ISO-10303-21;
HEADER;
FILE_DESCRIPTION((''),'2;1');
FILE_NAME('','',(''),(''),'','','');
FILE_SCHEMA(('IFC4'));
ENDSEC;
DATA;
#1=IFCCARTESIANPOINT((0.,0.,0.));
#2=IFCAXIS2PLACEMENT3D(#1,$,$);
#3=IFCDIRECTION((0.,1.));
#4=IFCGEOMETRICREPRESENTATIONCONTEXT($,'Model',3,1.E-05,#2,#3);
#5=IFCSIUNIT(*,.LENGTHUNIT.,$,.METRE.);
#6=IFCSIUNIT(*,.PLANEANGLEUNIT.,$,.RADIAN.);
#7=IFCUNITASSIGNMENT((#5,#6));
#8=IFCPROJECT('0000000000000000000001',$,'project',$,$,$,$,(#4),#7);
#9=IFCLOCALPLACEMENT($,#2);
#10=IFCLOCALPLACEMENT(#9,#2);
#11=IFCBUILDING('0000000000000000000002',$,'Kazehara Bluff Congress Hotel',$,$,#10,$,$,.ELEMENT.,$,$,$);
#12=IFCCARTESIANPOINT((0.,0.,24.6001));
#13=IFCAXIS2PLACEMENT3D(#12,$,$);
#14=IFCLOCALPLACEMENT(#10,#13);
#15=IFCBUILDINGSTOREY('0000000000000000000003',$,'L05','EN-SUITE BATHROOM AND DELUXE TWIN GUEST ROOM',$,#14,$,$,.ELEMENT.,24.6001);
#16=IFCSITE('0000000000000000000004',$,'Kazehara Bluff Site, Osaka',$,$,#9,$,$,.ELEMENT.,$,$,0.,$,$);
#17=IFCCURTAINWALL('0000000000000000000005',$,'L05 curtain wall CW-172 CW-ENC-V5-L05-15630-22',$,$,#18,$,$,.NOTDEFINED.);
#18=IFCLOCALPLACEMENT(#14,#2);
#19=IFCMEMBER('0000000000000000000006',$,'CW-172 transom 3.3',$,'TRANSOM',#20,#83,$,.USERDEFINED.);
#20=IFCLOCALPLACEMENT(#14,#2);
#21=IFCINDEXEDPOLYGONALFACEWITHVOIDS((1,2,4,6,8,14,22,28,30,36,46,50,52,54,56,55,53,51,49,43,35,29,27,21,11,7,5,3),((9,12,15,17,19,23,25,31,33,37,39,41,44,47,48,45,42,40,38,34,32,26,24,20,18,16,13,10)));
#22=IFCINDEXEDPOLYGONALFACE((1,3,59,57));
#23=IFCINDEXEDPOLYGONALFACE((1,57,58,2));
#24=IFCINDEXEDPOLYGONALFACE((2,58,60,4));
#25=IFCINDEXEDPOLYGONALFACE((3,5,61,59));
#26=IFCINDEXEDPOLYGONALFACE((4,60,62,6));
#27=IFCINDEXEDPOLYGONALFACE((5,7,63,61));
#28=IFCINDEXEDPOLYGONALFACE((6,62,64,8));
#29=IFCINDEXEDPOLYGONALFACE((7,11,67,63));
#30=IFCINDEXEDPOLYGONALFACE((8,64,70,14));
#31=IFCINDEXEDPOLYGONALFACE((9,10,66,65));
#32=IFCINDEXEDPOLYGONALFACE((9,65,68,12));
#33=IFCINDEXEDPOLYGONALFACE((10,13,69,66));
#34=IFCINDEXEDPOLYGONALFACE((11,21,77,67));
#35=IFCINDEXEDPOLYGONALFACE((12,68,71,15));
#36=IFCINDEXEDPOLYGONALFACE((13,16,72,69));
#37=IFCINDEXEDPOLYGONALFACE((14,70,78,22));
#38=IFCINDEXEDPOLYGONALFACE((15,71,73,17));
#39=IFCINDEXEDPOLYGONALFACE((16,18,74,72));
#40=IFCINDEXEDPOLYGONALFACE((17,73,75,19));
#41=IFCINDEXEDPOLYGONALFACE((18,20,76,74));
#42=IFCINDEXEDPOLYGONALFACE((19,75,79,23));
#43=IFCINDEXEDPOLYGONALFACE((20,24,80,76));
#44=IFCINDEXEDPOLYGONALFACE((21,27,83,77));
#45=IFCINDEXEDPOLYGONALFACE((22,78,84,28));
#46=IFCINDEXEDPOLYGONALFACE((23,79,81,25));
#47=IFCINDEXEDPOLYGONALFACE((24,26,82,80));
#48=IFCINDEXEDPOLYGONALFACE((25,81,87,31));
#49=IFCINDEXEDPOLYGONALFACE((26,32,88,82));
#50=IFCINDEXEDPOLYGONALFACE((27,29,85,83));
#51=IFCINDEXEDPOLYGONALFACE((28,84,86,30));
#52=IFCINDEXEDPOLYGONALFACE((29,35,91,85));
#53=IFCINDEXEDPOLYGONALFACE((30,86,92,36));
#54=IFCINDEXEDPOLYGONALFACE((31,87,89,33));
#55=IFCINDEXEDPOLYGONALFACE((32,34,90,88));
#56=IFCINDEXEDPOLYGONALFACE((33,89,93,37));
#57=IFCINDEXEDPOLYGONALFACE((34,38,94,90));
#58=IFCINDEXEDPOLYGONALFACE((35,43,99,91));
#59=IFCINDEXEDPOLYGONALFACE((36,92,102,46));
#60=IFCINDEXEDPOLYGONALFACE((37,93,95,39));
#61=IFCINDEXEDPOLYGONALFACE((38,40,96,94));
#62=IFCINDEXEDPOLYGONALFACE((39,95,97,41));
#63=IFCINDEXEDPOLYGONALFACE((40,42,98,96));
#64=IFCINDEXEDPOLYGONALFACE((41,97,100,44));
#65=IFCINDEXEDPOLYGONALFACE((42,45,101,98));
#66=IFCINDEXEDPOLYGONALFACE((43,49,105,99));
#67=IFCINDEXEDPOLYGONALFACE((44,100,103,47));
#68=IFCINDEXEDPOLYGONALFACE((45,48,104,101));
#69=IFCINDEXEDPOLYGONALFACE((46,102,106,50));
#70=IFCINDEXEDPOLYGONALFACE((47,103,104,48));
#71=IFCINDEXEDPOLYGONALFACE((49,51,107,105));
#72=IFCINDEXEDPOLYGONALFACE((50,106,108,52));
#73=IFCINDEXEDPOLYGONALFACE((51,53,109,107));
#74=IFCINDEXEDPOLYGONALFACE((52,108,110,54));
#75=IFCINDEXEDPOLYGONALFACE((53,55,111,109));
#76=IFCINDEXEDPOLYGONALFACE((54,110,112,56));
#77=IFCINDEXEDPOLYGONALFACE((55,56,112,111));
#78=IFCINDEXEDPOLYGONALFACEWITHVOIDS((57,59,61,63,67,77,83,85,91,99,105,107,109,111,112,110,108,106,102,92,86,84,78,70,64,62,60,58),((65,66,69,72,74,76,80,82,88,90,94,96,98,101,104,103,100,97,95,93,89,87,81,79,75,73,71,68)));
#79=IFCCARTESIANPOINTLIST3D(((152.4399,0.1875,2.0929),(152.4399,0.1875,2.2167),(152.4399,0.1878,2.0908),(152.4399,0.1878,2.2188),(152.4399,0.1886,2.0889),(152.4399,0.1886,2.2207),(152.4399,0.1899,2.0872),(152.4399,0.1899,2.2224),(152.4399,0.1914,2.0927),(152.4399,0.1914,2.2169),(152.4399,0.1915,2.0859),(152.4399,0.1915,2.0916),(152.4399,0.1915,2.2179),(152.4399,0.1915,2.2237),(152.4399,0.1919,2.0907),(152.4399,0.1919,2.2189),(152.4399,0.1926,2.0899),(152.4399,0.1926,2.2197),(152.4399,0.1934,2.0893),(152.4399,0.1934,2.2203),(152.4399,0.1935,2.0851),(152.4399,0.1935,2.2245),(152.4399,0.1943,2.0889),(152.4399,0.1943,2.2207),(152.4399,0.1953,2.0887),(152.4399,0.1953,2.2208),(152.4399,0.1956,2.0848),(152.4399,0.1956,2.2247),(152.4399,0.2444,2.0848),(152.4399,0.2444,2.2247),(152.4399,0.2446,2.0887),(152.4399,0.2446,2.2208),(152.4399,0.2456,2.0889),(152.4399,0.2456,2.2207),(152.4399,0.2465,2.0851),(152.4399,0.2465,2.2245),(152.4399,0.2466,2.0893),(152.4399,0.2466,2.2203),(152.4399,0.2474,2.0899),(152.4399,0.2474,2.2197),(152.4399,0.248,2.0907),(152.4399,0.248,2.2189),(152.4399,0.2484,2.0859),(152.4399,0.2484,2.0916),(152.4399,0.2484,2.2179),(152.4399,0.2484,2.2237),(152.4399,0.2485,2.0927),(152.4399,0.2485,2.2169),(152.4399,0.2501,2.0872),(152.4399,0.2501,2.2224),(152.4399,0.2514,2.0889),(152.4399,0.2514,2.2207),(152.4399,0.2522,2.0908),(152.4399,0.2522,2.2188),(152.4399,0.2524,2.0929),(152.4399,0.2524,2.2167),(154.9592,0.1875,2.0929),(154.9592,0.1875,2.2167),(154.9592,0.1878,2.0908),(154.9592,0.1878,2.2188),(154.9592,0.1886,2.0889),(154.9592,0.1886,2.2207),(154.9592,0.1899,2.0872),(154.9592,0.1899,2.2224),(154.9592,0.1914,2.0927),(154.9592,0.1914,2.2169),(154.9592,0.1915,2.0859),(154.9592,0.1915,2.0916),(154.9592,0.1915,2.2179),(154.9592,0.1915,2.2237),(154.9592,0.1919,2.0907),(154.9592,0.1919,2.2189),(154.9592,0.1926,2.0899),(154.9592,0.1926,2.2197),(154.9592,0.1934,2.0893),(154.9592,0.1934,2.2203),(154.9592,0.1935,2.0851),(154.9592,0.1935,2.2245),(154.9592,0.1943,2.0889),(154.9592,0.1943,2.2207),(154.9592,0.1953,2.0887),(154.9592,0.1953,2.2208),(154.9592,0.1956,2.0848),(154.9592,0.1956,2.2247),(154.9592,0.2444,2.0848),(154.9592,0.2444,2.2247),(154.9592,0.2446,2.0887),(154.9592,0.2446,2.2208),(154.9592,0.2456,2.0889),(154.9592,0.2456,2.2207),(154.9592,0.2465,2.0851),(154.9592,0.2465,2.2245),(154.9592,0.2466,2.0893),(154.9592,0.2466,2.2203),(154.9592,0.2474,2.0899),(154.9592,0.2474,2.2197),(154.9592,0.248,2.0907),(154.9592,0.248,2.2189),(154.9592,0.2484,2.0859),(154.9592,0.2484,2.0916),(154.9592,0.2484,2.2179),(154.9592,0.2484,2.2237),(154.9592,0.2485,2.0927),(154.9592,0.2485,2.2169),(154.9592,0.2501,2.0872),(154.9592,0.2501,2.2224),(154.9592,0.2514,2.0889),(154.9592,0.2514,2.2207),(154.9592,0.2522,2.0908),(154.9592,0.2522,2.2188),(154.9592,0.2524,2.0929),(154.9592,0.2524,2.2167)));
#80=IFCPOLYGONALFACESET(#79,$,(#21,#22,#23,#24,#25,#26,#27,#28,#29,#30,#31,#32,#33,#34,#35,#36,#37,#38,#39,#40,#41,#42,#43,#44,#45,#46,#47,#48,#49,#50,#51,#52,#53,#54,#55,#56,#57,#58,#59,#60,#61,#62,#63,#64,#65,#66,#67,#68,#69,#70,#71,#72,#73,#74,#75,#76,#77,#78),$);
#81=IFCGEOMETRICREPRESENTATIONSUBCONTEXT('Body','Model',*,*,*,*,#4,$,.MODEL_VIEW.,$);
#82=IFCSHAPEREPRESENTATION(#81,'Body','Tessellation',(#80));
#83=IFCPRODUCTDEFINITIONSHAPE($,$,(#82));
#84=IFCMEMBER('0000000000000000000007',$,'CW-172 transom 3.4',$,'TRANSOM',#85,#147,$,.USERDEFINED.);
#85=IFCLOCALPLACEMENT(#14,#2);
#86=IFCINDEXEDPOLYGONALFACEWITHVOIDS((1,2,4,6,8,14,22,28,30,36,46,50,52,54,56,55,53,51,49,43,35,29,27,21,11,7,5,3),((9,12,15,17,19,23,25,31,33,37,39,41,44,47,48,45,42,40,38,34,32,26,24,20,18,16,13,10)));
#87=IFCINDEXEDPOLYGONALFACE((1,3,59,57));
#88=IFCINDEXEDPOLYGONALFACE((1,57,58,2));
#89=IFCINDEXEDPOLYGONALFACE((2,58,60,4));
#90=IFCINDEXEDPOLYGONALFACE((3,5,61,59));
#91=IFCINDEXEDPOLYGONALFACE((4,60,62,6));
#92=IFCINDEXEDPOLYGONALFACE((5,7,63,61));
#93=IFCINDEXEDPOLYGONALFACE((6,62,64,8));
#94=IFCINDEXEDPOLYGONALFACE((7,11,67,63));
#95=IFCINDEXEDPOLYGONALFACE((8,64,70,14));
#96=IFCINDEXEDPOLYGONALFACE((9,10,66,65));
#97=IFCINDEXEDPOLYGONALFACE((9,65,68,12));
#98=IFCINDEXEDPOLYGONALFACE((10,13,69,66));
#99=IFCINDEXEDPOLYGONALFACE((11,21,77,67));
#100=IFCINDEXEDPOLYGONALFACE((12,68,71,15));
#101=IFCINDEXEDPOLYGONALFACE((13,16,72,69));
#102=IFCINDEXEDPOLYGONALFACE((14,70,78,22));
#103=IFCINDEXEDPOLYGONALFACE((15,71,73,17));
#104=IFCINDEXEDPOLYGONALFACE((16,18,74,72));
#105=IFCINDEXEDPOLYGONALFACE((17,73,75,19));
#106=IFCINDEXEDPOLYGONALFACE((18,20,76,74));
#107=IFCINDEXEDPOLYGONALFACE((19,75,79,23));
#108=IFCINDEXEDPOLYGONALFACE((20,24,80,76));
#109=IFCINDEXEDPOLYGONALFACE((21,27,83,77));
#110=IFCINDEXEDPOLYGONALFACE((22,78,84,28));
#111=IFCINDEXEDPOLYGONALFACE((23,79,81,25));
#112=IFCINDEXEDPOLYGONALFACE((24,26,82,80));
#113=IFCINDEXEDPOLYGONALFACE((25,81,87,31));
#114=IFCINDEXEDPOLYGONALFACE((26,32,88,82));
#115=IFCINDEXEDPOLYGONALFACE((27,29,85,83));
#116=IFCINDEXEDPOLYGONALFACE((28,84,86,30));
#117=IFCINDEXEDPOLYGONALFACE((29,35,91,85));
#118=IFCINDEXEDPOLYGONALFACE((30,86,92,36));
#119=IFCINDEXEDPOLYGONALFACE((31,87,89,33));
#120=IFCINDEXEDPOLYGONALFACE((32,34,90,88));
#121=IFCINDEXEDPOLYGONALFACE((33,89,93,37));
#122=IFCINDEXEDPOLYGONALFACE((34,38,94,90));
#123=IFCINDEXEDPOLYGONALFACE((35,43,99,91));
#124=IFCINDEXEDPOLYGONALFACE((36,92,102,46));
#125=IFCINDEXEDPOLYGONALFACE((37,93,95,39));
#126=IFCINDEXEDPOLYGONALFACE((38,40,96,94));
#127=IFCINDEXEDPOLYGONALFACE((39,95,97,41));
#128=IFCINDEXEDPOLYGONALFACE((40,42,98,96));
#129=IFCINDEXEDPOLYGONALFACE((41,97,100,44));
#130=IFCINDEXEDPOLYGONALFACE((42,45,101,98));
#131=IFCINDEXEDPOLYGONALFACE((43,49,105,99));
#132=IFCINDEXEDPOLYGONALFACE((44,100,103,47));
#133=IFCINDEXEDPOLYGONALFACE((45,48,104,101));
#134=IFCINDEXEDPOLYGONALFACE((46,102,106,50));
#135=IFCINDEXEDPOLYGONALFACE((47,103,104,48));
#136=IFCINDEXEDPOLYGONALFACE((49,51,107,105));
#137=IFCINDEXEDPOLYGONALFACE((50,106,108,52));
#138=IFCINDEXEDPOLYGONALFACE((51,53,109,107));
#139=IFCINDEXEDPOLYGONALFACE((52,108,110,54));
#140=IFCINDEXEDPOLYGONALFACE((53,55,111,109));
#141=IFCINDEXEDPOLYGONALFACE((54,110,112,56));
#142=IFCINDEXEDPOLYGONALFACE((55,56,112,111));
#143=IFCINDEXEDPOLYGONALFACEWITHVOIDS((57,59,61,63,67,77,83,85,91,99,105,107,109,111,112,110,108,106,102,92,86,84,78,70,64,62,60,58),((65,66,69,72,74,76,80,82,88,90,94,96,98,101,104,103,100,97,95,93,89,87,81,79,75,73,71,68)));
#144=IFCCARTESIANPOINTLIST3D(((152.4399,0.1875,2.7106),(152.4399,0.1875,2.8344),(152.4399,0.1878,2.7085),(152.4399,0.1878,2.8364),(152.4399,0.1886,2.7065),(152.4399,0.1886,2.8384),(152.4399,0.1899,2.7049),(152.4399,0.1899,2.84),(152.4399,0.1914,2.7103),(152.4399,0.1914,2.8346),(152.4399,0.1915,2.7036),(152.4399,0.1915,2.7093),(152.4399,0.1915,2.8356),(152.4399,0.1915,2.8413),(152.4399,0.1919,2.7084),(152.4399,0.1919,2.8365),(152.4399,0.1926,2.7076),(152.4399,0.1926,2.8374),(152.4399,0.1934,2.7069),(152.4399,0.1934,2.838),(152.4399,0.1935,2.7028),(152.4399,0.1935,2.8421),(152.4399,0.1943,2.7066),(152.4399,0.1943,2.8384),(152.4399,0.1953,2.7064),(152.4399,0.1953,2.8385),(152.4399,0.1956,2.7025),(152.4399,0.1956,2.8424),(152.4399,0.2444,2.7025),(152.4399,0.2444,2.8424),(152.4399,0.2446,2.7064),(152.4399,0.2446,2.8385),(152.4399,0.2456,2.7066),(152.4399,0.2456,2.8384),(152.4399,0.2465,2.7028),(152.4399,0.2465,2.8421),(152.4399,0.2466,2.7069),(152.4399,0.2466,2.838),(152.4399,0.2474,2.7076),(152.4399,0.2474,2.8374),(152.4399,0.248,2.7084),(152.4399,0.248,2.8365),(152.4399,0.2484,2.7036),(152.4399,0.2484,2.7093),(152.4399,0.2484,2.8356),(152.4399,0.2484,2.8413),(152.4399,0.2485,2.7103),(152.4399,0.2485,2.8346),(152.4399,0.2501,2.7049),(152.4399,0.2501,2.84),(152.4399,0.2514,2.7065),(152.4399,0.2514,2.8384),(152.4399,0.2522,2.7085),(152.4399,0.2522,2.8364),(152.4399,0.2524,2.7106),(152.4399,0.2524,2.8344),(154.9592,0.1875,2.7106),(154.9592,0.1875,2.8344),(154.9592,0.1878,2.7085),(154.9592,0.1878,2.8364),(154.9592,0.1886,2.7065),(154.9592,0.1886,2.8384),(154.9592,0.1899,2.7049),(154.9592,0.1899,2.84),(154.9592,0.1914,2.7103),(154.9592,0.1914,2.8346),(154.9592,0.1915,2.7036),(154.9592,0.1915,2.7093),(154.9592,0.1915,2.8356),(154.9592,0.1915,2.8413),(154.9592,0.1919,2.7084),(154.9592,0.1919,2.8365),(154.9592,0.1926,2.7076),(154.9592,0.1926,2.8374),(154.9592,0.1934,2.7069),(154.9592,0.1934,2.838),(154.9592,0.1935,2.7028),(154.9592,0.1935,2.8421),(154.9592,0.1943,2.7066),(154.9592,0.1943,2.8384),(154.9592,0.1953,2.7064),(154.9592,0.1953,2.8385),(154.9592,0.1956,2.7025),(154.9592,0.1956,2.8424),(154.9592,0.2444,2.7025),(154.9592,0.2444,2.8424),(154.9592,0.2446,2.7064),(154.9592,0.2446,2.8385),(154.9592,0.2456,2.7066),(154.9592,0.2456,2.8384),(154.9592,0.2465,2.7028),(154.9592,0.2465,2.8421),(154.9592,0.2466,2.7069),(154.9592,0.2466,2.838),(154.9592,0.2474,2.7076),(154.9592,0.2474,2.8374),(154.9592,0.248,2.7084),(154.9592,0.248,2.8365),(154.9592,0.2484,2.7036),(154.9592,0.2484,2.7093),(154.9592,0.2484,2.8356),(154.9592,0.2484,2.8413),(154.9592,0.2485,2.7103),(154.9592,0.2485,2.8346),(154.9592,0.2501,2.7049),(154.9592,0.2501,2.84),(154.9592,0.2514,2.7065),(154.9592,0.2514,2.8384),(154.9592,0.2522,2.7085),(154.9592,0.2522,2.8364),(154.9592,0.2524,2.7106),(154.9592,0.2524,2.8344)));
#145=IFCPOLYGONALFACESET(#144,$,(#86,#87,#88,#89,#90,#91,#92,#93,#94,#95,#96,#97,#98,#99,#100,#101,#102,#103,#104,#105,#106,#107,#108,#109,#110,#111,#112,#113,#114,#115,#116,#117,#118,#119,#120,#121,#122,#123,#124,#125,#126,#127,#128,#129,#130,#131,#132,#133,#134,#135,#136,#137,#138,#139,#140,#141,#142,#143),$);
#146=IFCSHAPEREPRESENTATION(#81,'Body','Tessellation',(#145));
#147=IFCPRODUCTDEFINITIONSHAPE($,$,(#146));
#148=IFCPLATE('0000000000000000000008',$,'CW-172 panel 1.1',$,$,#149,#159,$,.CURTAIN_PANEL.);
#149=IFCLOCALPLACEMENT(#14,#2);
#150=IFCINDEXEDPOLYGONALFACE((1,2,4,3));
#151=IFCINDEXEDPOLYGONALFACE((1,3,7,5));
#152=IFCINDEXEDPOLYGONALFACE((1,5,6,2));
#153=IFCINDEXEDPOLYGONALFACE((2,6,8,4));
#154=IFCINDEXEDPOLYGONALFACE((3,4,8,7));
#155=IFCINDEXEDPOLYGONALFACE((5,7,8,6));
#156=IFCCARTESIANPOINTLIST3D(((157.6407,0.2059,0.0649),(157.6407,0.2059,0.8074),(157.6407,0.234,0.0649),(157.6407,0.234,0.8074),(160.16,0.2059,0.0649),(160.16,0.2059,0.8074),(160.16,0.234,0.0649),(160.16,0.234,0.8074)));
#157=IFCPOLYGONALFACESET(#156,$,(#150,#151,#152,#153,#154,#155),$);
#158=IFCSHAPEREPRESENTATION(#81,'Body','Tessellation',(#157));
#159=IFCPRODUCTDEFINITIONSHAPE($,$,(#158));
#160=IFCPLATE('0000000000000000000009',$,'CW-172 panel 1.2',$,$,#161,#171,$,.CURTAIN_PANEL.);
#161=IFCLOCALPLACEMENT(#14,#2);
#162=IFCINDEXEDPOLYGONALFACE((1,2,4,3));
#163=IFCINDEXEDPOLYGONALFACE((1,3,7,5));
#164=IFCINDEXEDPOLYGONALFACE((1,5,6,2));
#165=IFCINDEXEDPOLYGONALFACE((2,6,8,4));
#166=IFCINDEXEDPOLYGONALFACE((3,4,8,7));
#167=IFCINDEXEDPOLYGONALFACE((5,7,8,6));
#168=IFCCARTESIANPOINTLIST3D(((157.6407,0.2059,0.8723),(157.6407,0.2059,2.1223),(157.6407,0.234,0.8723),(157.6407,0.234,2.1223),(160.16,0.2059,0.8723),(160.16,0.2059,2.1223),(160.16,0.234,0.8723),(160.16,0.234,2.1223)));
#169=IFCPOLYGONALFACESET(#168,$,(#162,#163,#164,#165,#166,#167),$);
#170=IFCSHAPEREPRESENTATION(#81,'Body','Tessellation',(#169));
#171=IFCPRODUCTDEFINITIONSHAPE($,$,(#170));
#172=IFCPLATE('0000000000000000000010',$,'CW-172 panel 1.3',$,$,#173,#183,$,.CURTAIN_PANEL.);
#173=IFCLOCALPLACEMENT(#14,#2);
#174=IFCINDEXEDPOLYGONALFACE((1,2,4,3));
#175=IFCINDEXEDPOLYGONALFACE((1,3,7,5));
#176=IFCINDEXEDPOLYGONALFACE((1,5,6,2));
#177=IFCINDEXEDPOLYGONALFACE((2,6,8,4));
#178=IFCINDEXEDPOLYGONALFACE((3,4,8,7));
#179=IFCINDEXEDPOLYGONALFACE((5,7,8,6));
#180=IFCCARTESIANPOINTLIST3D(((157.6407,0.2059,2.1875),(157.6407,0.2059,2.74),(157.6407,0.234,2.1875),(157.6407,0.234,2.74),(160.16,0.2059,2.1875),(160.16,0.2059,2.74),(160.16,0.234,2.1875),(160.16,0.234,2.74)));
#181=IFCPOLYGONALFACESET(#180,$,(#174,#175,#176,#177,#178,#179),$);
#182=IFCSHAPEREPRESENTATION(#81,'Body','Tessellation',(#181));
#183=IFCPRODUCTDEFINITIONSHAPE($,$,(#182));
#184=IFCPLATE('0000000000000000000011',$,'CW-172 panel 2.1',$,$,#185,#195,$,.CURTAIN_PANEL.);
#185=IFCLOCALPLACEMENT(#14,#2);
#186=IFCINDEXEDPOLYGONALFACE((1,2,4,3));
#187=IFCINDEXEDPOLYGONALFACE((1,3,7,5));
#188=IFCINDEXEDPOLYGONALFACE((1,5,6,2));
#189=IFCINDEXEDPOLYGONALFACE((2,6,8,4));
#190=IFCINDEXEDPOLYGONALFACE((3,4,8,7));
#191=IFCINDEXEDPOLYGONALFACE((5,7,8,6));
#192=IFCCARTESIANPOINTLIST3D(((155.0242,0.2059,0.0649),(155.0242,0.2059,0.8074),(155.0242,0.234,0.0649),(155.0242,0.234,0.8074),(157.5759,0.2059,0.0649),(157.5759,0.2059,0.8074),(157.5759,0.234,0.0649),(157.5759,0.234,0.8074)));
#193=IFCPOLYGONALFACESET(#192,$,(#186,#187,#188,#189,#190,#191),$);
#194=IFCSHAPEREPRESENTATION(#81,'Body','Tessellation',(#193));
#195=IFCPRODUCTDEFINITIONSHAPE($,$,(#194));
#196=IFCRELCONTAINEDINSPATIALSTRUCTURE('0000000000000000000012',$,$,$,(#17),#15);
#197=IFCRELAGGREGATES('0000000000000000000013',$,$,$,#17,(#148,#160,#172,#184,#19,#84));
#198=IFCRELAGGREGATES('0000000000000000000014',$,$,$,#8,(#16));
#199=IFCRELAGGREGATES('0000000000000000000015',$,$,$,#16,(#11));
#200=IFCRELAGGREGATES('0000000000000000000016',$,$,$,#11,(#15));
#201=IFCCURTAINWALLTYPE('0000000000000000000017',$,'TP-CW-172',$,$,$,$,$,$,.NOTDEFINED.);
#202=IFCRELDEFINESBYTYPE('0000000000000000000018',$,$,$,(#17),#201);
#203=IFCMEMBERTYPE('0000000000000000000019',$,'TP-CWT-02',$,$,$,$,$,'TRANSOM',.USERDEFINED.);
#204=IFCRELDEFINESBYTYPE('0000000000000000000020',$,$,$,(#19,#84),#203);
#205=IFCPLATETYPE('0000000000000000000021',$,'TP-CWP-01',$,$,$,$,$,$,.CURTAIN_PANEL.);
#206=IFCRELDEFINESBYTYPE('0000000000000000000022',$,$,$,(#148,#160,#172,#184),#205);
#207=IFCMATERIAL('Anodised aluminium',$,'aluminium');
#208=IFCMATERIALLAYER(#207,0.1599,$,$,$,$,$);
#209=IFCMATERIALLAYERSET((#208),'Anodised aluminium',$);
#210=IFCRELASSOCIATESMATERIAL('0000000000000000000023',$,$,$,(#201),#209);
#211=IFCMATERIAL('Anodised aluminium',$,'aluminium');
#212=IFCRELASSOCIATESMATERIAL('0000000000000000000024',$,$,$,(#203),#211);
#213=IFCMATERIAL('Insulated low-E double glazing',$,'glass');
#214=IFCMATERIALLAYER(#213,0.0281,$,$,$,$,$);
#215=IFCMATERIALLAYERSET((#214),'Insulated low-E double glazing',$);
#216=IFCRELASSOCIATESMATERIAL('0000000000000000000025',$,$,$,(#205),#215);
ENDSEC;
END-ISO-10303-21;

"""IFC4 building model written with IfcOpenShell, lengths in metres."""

from ifc_helpers import new_model, si_unit, direction, frame, origin, origin_2d, place, context, subcontext, project, spatial, rectangle, hollow_rectangle, extrude, material, layer, layer_set, material_profile, profile_set, type_object, element, aggregate, save


model = new_model("IFC4")

# Units and contexts
model_context = context("Model", 3, precision=1e-05, world=origin(), true_north=direction((0.0, 1.0)))
body_context = subcontext(model_context, "Body", "Model", "MODEL_VIEW")
ifc_project = project(units=[si_unit("LENGTHUNIT", "METRE"), si_unit("PLANEANGLEUNIT", "RADIAN")], contexts=[model_context])

# Site, building, storey
site_placement = place(None, origin())
site = spatial("IfcSite", under=ifc_project, at=site_placement, Name="Kazehara Bluff Site, Osaka", CompositionType="ELEMENT", RefElevation=0.0)
building_placement = place(site_placement, origin())
building = spatial("IfcBuilding", under=site, at=building_placement, Name="Kazehara Bluff Congress Hotel", CompositionType="ELEMENT")
storey_placement = place(building_placement, frame((0.0, 0.0, 24.6001)))
storey = spatial("IfcBuildingStorey", under=building, at=storey_placement, Name="L05", Description="EN-SUITE BATHROOM AND DELUXE TWIN GUEST ROOM", CompositionType="ELEMENT", Elevation=24.6001)

# Curtain wall, members, plates
ifc_material_1 = material(Name="Anodised aluminium", Category="aluminium")
ifc_layer_1 = layer(ifc_material_1, 0.1599)
ifc_layer_set_1 = layer_set([ifc_layer_1], Name="Anodised aluminium")
curtain_wall_type = type_object("IfcCurtainWallType", Name="TP-CW-172", PredefinedType="NOTDEFINED", material=ifc_layer_set_1)
curtain_wall_placement = place(storey_placement, origin())
curtain_wall = element("IfcCurtainWall", 1, at=curtain_wall_placement, inside=storey, type_object=curtain_wall_type, Name="L05 curtain wall CW-172 CW-ENC-V5-L05-15630-22", PredefinedType="NOTDEFINED")
ifc_material_2 = material(Name="Anodised aluminium", Category="aluminium")
ifc_material_profile_1 = material_profile(ifc_material_2, hollow_rectangle(XDim=0.0649, YDim=0.1399, WallThickness=0.0039, InnerFilletRadius=0.0039, OuterFilletRadius=0.0081, at=origin_2d()))
ifc_profile_set_1 = profile_set([ifc_material_profile_1], Name="Anodised aluminium")
member_type_1 = type_object("IfcMemberType", Name="TP-CWT-02", ElementType="TRANSOM", PredefinedType="USERDEFINED", material=ifc_profile_set_1)
member_1_placement = place(storey_placement, frame((154.9592, 0.22, 2.1548), z_axis=(-1.0, 0.0, 0.0), x_axis=(0.0, -1.0, 0.0)))
member_1 = element("IfcMember", 2, at=member_1_placement, type_object=member_type_1, Name="CW-172 transom 3.3", ObjectType="TRANSOM", PredefinedType="USERDEFINED", context=body_context, shape_type="SweptSolid", body=[
    extrude(hollow_rectangle(XDim=0.0649, YDim=0.1399, WallThickness=0.0039, InnerFilletRadius=0.0039, OuterFilletRadius=0.0081, at=origin_2d()), origin(), (0.0, 0.0, 1.0), 2.5193),
])
member_2_placement = place(storey_placement, frame((154.9592, 0.22, 2.7725), z_axis=(-1.0, 0.0, 0.0), x_axis=(0.0, -1.0, 0.0)))
member_2 = element("IfcMember", 3, at=member_2_placement, type_object=member_type_1, Name="CW-172 transom 3.4", ObjectType="TRANSOM", PredefinedType="USERDEFINED", context=body_context, shape_type="SweptSolid", body=[
    extrude(hollow_rectangle(XDim=0.0649, YDim=0.1399, WallThickness=0.0039, InnerFilletRadius=0.0039, OuterFilletRadius=0.0081, at=origin_2d()), origin(), (0.0, 0.0, 1.0), 2.5193),
])
ifc_material_3 = material(Name="Insulated low-E double glazing", Category="glass")
ifc_layer_2 = layer(ifc_material_3, 0.0281)
ifc_layer_set_2 = layer_set([ifc_layer_2], Name="Insulated low-E double glazing")
plate_type = type_object("IfcPlateType", Name="TP-CWP-01", PredefinedType="CURTAIN_PANEL", material=ifc_layer_set_2)
plate_1_placement = place(storey_placement, frame((158.9004, 0.22, 0.0649), z_axis=(0.0, 0.0, 1.0), x_axis=(-1.0, 0.0, 0.0)))
plate_1 = element("IfcPlate", 4, at=plate_1_placement, type_object=plate_type, Name="CW-172 panel 1.1", PredefinedType="CURTAIN_PANEL", context=body_context, shape_type="SweptSolid", body=[
    extrude(rectangle(XDim=2.5193, YDim=0.0281, at=origin_2d()), origin(), (0.0, 0.0, 1.0), 0.7424),
])
plate_2_placement = place(storey_placement, frame((158.9004, 0.22, 0.8723), z_axis=(0.0, 0.0, 1.0), x_axis=(-1.0, 0.0, 0.0)))
plate_2 = element("IfcPlate", 5, at=plate_2_placement, type_object=plate_type, Name="CW-172 panel 1.2", PredefinedType="CURTAIN_PANEL", context=body_context, shape_type="SweptSolid", body=[
    extrude(rectangle(XDim=2.5193, YDim=0.0281, at=origin_2d()), origin(), (0.0, 0.0, 1.0), 1.25),
])
plate_3_placement = place(storey_placement, frame((158.9004, 0.22, 2.1875), z_axis=(0.0, 0.0, 1.0), x_axis=(-1.0, 0.0, 0.0)))
plate_3 = element("IfcPlate", 6, at=plate_3_placement, type_object=plate_type, Name="CW-172 panel 1.3", PredefinedType="CURTAIN_PANEL", context=body_context, shape_type="SweptSolid", body=[
    extrude(rectangle(XDim=2.5193, YDim=0.0281, at=origin_2d()), origin(), (0.0, 0.0, 1.0), 0.5525),
])
plate_4_placement = place(storey_placement, frame((156.3, 0.22, 0.0649), z_axis=(0.0, 0.0, 1.0), x_axis=(-1.0, 0.0, 0.0)))
plate_4 = element("IfcPlate", 7, at=plate_4_placement, type_object=plate_type, Name="CW-172 panel 2.1", PredefinedType="CURTAIN_PANEL", context=body_context, shape_type="SweptSolid", body=[
    extrude(rectangle(XDim=2.5518, YDim=0.0281, at=origin_2d()), origin(), (0.0, 0.0, 1.0), 0.7424),
])
aggregate(curtain_wall, [plate_1, plate_2, plate_3, plate_4, member_1, member_2])

save(model, "model.ifc")
